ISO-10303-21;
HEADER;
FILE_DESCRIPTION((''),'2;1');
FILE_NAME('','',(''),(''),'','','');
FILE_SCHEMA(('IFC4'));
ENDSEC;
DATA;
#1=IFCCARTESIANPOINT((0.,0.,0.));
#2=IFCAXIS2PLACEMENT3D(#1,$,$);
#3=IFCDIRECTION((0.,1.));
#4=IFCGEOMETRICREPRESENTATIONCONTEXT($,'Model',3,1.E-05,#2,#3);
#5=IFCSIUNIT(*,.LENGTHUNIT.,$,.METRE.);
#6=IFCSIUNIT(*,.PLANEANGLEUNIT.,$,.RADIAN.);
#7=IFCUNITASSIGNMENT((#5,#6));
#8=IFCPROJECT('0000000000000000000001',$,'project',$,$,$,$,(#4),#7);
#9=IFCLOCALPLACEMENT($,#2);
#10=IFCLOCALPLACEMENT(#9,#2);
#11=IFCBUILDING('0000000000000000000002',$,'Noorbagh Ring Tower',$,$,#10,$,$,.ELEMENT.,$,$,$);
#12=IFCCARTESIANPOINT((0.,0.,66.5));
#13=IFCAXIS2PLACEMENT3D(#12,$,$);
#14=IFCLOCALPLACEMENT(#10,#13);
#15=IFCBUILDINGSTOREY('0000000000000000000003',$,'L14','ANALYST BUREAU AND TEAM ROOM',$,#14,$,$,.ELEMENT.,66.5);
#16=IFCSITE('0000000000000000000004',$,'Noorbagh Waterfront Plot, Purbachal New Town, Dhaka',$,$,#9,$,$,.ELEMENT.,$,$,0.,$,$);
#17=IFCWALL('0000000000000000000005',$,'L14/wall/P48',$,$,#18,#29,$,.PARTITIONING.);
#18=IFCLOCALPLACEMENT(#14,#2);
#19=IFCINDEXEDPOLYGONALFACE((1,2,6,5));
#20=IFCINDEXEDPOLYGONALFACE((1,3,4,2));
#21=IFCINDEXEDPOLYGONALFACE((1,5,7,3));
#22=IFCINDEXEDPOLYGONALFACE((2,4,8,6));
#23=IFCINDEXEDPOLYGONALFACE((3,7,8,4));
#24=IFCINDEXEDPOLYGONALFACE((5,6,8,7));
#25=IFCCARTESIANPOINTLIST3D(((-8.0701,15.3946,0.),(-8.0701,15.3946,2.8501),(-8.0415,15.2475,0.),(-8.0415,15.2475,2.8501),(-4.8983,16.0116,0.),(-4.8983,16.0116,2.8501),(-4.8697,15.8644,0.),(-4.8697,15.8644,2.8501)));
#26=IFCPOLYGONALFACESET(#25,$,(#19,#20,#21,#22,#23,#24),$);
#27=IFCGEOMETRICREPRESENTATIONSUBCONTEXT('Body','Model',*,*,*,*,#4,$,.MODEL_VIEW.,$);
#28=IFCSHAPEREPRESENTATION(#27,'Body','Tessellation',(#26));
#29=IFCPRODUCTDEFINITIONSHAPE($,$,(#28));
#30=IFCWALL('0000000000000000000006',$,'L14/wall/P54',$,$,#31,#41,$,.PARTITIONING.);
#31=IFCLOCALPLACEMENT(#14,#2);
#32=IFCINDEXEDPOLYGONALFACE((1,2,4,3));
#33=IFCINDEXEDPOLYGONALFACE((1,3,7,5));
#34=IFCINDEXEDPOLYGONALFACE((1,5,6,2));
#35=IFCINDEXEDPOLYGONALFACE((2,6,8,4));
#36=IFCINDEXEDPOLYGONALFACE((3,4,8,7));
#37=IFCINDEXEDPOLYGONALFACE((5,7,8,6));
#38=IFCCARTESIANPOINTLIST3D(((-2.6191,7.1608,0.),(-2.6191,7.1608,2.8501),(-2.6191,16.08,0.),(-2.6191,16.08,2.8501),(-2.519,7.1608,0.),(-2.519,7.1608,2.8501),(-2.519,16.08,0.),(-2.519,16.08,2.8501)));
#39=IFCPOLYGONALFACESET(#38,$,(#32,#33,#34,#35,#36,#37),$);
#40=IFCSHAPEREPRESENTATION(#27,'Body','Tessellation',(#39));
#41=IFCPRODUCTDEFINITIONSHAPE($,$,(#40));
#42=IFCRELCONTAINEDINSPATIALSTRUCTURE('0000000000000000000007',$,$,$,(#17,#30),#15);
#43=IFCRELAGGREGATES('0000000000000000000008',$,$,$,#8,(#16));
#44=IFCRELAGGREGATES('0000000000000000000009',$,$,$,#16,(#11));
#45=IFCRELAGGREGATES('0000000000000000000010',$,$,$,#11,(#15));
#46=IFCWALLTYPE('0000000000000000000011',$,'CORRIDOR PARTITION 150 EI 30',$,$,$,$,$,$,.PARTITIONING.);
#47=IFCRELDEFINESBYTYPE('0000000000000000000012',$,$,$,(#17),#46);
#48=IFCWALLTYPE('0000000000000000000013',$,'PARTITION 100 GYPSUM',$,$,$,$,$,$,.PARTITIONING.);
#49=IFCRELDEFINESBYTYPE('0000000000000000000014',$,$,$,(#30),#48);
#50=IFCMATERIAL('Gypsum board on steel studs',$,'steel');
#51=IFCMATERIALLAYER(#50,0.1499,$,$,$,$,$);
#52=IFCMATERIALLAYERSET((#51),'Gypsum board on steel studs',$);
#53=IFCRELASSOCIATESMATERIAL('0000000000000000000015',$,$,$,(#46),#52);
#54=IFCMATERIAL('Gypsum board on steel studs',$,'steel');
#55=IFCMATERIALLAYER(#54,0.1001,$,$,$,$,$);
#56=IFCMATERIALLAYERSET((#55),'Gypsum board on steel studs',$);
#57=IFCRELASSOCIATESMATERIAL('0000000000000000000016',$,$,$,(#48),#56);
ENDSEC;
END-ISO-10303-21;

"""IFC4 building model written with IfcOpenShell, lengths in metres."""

from ifc_helpers import new_model, si_unit, direction, frame, frame_2d, origin, place, context, subcontext, project, spatial, rectangle, extrude, material, layer, layer_set, type_object, element, save


model = new_model("IFC4")

# Units and contexts
model_context = context("Model", 3, precision=1e-05, world=origin(), true_north=direction((0.0, 1.0)))
body_context = subcontext(model_context, "Body", "Model", "MODEL_VIEW")
ifc_project = project(units=[si_unit("LENGTHUNIT", "METRE"), si_unit("PLANEANGLEUNIT", "RADIAN")], contexts=[model_context])

# Site, building, storey
site_placement = place(None, origin())
site = spatial("IfcSite", under=ifc_project, at=site_placement, Name="Noorbagh Waterfront Plot, Purbachal New Town, Dhaka", CompositionType="ELEMENT", RefElevation=0.0)
building_placement = place(site_placement, origin())
building = spatial("IfcBuilding", under=site, at=building_placement, Name="Noorbagh Ring Tower", CompositionType="ELEMENT")
storey_placement = place(building_placement, frame((0.0, 0.0, 66.5)))
storey = spatial("IfcBuildingStorey", under=building, at=storey_placement, Name="L14", Description="ANALYST BUREAU AND TEAM ROOM", CompositionType="ELEMENT", Elevation=66.5)

# Shared definitions
ifc_material_1 = material(Name="Gypsum board on steel studs", Category="steel")
ifc_layer_1 = layer(ifc_material_1, 0.1499)
ifc_layer_set_1 = layer_set([ifc_layer_1], Name="Gypsum board on steel studs")
wall_type_1 = type_object("IfcWallType", Name="CORRIDOR PARTITION 150 EI 30", PredefinedType="PARTITIONING", material=ifc_layer_set_1)

# Walls
wall_1_placement = place(storey_placement, frame((-8.0559, 15.321, 0.0), z_axis=(0.0, 0.0, 1.0), x_axis=(0.981604, 0.190926, 0.0)))
element("IfcWall", 1, at=wall_1_placement, inside=storey, type_object=wall_type_1, Name="L14/wall/P48", PredefinedType="PARTITIONING", context=body_context, shape_type="SweptSolid", body=[
    extrude(rectangle(XDim=3.2312, YDim=0.1499, at=frame_2d((1.6157, 0.0))), origin(), (0.0, 0.0, 1.0), 2.8501),
])
ifc_material_2 = material(Name="Gypsum board on steel studs", Category="steel")
ifc_layer_2 = layer(ifc_material_2, 0.1001)
ifc_layer_set_2 = layer_set([ifc_layer_2], Name="Gypsum board on steel studs")
wall_type_2 = type_object("IfcWallType", Name="PARTITION 100 GYPSUM", PredefinedType="PARTITIONING", material=ifc_layer_set_2)
wall_2_placement = place(storey_placement, frame((-2.5691, 7.1609, 0.0), z_axis=(0.0, 0.0, 1.0), x_axis=(0.0, 1.0, 0.0)))
element("IfcWall", 2, at=wall_2_placement, inside=storey, type_object=wall_type_2, Name="L14/wall/P54", PredefinedType="PARTITIONING", context=body_context, shape_type="SweptSolid", body=[
    extrude(rectangle(XDim=8.9192, YDim=0.1001, at=frame_2d((4.4595, 0.0))), origin(), (0.0, 0.0, 1.0), 2.8501),
])

save(model, "model.ifc")
